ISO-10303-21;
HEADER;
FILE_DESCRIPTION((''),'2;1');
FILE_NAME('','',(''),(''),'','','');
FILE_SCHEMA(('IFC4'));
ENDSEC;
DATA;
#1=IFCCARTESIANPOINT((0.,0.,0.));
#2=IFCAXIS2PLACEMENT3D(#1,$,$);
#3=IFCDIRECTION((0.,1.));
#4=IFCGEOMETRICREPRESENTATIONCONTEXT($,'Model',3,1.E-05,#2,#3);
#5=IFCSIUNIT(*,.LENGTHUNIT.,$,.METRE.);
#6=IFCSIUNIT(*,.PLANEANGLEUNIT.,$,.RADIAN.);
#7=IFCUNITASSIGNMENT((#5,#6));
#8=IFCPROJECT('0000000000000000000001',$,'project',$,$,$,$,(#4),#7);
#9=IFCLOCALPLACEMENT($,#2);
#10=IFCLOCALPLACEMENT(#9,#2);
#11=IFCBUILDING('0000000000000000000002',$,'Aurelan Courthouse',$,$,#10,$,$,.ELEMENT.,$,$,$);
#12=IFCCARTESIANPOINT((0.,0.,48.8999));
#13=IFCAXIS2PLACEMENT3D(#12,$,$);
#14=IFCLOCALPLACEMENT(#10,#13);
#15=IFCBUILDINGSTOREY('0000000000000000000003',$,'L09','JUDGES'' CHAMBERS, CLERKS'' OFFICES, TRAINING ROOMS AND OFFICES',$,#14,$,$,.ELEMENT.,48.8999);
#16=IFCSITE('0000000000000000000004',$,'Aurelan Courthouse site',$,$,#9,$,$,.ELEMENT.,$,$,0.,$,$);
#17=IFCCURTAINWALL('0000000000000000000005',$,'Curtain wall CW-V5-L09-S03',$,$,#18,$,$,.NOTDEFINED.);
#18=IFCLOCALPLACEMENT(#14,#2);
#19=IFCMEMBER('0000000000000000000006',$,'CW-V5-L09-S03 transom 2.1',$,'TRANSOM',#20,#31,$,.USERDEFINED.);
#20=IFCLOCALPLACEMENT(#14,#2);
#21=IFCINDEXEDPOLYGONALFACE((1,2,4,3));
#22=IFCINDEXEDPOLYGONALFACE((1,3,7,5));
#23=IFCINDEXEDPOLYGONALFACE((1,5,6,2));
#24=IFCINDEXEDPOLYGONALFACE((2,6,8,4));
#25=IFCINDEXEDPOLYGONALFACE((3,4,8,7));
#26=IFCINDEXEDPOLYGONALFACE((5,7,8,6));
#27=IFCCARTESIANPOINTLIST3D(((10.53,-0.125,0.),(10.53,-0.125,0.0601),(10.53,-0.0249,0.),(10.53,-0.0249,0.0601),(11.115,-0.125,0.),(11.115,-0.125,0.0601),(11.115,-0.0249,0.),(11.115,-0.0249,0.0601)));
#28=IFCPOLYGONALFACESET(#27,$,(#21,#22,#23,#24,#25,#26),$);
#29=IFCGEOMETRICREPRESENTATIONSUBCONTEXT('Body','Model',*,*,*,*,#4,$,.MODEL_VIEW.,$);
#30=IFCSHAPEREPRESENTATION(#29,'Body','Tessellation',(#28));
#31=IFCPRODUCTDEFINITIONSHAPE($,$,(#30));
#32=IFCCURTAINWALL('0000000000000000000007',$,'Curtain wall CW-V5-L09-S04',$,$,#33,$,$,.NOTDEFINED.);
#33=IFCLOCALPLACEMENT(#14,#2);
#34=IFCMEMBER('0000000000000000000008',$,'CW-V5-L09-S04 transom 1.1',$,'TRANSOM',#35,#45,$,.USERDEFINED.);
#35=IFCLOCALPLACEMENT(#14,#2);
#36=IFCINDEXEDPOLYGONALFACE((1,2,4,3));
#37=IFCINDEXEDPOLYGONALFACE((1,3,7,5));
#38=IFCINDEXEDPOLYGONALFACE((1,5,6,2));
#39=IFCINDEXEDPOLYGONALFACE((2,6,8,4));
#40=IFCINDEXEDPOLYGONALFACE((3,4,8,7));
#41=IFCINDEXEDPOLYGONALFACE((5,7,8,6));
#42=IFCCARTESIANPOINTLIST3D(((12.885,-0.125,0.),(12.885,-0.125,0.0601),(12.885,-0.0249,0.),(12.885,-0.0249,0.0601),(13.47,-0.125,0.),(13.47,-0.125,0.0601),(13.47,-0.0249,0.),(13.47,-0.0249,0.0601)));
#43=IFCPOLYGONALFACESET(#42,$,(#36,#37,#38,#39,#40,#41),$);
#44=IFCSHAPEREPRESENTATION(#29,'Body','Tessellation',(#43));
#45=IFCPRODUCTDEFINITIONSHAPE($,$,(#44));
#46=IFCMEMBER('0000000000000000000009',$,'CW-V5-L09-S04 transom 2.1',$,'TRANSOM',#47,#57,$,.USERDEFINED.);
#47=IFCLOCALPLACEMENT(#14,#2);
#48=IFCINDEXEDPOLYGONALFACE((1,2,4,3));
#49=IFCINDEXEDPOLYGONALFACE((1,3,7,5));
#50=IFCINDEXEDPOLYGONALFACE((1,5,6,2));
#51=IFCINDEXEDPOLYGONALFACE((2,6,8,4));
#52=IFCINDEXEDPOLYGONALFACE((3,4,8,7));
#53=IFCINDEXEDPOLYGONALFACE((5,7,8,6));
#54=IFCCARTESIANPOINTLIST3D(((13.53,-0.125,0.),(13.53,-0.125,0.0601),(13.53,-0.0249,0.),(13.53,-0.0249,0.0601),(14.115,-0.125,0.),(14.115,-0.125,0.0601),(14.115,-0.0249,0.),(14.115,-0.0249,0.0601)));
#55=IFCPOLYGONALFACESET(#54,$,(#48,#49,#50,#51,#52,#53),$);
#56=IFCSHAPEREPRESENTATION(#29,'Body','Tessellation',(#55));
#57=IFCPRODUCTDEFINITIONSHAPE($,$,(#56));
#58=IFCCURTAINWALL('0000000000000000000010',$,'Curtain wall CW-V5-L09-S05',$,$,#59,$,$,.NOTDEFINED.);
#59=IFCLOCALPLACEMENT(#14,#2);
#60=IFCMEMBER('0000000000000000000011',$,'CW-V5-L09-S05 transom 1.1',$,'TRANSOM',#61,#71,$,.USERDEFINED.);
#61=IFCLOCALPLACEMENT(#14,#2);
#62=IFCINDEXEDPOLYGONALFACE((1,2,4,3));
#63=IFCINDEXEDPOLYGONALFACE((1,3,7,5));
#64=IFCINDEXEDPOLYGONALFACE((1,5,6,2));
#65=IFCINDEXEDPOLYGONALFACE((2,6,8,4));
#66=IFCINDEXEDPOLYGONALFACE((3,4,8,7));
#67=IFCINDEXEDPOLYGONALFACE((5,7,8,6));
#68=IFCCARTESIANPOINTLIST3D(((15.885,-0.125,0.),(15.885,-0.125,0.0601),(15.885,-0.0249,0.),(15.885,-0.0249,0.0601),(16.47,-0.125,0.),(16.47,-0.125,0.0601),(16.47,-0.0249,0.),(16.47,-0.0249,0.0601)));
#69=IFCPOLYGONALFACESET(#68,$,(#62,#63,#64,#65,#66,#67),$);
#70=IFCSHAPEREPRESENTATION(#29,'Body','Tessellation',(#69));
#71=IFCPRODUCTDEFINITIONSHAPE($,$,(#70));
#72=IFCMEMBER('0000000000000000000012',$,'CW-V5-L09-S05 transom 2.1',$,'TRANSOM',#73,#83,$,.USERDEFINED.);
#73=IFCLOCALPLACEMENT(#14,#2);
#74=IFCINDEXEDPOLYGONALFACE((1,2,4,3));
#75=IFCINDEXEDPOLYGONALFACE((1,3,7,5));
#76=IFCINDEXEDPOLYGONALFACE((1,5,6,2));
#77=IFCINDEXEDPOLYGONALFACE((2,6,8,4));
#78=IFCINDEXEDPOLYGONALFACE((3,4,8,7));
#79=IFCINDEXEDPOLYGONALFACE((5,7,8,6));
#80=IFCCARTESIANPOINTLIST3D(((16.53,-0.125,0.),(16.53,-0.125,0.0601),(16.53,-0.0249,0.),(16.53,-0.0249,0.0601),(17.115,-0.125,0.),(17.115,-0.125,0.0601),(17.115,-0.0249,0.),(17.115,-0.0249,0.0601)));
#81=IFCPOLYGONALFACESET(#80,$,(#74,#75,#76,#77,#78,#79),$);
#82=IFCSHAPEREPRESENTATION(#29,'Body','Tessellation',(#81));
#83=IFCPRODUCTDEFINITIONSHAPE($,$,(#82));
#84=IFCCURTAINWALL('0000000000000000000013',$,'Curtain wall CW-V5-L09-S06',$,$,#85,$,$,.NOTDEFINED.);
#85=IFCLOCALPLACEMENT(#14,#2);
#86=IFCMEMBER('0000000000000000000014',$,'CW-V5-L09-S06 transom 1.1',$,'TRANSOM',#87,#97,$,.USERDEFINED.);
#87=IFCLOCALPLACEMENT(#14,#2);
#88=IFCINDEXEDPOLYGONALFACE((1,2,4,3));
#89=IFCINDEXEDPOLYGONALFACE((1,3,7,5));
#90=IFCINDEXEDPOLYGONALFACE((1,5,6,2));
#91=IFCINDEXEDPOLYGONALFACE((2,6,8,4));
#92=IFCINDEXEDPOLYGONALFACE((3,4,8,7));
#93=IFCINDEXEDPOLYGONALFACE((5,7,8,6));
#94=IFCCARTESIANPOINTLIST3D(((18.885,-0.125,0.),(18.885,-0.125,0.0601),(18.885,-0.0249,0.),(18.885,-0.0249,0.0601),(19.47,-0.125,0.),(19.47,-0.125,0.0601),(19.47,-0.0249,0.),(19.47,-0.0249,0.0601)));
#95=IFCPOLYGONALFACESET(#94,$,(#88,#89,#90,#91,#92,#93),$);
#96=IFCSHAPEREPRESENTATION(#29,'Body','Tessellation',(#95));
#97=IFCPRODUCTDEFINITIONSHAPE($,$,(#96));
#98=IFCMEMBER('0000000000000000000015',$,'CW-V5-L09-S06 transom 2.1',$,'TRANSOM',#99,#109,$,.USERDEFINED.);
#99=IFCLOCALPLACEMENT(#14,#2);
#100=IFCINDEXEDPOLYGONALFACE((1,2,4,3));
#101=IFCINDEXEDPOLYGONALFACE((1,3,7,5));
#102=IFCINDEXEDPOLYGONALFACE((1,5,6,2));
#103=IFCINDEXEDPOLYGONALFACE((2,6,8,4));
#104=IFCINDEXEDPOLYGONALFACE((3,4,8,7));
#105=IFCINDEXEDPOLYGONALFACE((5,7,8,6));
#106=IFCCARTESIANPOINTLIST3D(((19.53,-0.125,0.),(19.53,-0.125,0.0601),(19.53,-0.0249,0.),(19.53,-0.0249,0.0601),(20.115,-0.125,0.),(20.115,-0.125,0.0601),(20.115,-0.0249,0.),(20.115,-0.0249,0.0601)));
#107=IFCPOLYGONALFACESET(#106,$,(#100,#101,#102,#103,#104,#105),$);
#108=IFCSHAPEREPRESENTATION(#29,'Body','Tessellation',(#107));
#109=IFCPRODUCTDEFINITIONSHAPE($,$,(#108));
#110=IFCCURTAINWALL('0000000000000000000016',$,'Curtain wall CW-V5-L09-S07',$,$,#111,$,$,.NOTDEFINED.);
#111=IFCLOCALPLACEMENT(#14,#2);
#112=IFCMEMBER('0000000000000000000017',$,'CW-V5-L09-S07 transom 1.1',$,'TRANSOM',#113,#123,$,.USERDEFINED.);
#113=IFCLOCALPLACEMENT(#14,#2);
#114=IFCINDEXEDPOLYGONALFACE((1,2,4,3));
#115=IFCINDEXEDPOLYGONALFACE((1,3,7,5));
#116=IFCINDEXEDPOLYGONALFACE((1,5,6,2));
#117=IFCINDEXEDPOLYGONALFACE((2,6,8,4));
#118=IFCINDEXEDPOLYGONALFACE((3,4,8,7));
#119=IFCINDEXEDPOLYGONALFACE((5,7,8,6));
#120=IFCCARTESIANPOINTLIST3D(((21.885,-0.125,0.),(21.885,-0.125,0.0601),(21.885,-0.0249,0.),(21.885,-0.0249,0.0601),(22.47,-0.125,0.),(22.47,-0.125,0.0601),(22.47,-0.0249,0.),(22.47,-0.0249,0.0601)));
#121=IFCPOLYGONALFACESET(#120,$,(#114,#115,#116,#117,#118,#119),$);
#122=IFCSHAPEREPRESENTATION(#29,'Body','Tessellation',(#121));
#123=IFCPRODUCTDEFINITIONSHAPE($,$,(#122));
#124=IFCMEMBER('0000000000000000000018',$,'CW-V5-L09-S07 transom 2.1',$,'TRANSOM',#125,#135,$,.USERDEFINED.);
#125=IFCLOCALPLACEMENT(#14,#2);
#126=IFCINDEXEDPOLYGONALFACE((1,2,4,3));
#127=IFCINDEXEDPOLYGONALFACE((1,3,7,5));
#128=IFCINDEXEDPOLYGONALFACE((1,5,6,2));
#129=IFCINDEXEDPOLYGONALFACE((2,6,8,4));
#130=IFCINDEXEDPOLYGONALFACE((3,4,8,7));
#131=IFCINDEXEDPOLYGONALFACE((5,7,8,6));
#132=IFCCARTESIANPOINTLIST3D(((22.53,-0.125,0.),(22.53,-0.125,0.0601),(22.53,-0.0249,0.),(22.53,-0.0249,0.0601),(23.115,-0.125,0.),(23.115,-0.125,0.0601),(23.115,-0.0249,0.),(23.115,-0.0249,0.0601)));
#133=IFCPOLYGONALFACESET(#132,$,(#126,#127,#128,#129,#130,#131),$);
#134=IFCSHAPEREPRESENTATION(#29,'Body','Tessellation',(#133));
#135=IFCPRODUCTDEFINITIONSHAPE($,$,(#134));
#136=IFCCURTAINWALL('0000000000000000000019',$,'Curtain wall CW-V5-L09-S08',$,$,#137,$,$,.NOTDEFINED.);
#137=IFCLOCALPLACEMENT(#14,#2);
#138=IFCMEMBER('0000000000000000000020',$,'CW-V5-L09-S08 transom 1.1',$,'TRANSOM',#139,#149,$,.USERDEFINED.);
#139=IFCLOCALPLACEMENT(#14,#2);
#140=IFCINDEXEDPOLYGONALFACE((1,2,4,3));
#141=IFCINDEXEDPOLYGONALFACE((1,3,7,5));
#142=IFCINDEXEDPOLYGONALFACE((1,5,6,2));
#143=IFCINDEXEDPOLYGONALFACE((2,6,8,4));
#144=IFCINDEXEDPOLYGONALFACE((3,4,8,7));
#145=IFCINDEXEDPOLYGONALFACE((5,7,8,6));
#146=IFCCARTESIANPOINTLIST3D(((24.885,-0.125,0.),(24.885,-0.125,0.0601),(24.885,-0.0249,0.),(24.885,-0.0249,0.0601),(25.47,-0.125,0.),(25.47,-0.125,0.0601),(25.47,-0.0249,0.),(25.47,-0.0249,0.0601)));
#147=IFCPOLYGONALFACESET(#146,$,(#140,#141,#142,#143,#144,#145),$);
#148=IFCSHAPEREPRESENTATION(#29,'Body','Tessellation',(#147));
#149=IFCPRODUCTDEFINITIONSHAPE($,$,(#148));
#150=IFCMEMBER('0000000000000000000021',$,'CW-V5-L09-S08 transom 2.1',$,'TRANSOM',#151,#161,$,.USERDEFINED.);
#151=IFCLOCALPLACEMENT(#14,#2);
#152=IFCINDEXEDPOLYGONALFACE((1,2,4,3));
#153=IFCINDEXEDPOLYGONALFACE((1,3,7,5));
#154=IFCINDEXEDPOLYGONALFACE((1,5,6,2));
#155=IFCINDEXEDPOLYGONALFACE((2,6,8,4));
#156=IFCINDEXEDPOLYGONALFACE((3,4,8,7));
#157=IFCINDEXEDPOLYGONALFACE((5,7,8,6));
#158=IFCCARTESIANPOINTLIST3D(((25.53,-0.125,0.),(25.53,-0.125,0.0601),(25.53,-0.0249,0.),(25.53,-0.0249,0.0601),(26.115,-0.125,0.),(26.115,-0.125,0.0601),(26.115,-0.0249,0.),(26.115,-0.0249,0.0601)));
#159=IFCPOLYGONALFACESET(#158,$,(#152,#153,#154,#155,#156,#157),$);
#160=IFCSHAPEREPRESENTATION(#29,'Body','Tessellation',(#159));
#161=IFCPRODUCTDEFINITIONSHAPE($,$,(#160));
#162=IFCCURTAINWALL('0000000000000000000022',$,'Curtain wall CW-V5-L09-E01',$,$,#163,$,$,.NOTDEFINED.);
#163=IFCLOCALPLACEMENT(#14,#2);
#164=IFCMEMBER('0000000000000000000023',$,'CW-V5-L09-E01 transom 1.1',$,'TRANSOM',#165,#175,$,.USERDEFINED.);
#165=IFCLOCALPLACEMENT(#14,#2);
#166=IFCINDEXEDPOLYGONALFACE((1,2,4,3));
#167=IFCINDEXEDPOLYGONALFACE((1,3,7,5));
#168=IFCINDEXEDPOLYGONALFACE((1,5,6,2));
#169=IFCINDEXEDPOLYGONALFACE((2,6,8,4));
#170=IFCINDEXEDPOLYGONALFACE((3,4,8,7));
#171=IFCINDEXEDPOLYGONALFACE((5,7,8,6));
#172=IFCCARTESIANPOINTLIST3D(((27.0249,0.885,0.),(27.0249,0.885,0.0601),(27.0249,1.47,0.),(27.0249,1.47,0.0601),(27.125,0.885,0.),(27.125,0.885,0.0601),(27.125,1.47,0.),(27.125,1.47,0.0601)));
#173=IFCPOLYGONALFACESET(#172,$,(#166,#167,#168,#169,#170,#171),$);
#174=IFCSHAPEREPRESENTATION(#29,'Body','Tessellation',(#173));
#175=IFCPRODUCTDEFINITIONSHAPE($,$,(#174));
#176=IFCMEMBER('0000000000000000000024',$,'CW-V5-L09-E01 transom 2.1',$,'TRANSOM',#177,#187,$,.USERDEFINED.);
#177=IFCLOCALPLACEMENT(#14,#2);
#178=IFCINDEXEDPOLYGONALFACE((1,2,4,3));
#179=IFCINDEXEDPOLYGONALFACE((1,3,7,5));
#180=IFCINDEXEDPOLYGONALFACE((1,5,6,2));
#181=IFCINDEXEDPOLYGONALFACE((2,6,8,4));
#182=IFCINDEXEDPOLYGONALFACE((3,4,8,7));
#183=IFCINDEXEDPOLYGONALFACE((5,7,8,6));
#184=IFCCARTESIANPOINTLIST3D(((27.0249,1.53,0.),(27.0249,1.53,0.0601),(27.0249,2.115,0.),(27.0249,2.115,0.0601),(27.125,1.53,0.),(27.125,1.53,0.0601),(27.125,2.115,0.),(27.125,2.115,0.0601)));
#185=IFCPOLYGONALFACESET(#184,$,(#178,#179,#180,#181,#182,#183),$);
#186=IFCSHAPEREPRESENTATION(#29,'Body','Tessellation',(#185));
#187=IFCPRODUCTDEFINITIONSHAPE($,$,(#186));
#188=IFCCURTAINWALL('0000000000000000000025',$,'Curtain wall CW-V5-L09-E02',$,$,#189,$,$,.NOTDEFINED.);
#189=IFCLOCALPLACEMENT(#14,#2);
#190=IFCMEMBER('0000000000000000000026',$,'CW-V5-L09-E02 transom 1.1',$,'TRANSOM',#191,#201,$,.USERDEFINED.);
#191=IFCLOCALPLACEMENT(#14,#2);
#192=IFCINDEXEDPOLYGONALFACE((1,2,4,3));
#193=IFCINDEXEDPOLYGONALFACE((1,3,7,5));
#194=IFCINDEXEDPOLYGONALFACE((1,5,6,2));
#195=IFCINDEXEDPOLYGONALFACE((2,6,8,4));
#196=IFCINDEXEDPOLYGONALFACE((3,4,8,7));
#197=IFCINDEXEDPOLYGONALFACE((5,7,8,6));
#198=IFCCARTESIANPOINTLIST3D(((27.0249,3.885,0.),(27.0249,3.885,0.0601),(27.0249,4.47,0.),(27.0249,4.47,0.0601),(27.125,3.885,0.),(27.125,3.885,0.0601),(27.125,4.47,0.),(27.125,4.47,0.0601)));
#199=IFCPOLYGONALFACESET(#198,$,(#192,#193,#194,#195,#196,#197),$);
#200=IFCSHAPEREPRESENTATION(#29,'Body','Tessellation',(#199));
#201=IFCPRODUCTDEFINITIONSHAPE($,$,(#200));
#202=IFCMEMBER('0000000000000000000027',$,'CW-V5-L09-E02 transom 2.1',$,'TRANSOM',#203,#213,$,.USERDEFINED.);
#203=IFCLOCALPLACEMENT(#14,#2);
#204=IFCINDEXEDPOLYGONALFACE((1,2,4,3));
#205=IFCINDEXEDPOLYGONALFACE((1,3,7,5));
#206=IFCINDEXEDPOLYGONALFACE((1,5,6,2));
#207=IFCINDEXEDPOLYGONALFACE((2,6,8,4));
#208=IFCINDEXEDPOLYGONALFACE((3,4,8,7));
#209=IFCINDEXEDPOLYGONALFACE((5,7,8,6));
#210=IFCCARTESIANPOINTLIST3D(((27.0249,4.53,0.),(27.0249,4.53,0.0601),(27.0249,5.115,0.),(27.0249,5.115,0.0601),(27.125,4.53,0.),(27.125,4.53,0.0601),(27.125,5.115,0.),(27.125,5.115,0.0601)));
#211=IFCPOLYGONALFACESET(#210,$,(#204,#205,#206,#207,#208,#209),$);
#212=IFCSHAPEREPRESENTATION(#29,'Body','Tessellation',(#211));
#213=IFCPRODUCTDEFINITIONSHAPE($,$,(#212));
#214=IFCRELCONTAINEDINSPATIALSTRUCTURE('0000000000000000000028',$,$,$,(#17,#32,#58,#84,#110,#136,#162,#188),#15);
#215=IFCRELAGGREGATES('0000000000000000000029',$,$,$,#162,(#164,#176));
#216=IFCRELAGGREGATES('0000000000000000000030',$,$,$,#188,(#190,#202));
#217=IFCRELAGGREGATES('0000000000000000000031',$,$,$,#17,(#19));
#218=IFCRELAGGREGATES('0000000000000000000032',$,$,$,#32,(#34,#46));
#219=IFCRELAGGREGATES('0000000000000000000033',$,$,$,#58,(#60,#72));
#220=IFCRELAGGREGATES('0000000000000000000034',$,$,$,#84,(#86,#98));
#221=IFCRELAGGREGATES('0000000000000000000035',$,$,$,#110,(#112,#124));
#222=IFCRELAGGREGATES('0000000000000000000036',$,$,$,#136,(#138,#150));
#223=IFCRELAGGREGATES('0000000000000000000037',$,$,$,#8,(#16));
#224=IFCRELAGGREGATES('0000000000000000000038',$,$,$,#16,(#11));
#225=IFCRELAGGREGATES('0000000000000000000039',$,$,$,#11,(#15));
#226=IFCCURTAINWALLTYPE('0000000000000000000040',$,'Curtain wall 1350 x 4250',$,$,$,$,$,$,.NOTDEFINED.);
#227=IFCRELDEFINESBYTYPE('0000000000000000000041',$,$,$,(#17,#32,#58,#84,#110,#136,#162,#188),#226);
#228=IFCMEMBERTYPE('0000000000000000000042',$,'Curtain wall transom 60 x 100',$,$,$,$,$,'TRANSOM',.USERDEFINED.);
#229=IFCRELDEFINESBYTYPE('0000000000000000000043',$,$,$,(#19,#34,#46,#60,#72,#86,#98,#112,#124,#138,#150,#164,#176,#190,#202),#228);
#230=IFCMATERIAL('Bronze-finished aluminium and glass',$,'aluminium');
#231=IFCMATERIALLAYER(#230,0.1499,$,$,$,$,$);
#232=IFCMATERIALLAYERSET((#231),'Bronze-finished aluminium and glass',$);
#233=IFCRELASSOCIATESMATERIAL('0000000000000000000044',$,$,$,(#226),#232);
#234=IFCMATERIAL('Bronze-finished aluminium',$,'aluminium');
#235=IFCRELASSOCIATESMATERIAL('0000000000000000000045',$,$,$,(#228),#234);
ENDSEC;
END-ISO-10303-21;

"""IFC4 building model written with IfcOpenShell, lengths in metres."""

from ifc_helpers import new_model, si_unit, direction, frame, origin, origin_2d, place, context, subcontext, project, spatial, rectangle, extrude, material, layer, layer_set, material_profile, profile_set, type_object, element, aggregate, save


model = new_model("IFC4")

# Units and contexts
model_context = context("Model", 3, precision=1e-05, world=origin(), true_north=direction((0.0, 1.0)))
body_context = subcontext(model_context, "Body", "Model", "MODEL_VIEW")
ifc_project = project(units=[si_unit("LENGTHUNIT", "METRE"), si_unit("PLANEANGLEUNIT", "RADIAN")], contexts=[model_context])

# Site, building, storey
site_placement = place(None, origin())
site = spatial("IfcSite", under=ifc_project, at=site_placement, Name="Aurelan Courthouse site", CompositionType="ELEMENT", RefElevation=0.0)
building_placement = place(site_placement, origin())
building = spatial("IfcBuilding", under=site, at=building_placement, Name="Aurelan Courthouse", CompositionType="ELEMENT")
storey_placement = place(building_placement, frame((0.0, 0.0, 48.8999)))
storey = spatial("IfcBuildingStorey", under=building, at=storey_placement, Name="L09", Description="JUDGES' CHAMBERS, CLERKS' OFFICES, TRAINING ROOMS AND OFFICES", CompositionType="ELEMENT", Elevation=48.8999)

# Curtain wall, member
ifc_material_1 = material(Name="Bronze-finished aluminium and glass", Category="aluminium")
ifc_layer_1 = layer(ifc_material_1, 0.1499)
ifc_layer_set_1 = layer_set([ifc_layer_1], Name="Bronze-finished aluminium and glass")
curtain_wall_type = type_object("IfcCurtainWallType", Name="Curtain wall 1350 x 4250", PredefinedType="NOTDEFINED", material=ifc_layer_set_1)
curtain_wall_1_placement = place(storey_placement, origin())
curtain_wall_1 = element("IfcCurtainWall", 1, at=curtain_wall_1_placement, inside=storey, type_object=curtain_wall_type, Name="Curtain wall CW-V5-L09-S03", PredefinedType="NOTDEFINED")
ifc_material_2 = material(Name="Bronze-finished aluminium", Category="aluminium")
ifc_material_profile = material_profile(ifc_material_2, rectangle(XDim=0.1001, YDim=0.0601, at=origin_2d()), Name="Bronze transom 60 x 100")
ifc_profile_set = profile_set([ifc_material_profile], Name="Bronze-finished aluminium")
member_type = type_object("IfcMemberType", Name="Curtain wall transom 60 x 100", ElementType="TRANSOM", PredefinedType="USERDEFINED", material=ifc_profile_set)
member_1_placement = place(storey_placement, frame((10.53, -0.075, 0.03), z_axis=(1.0, 0.0, 0.0), x_axis=(0.0, 1.0, 0.0)))
member_1 = element("IfcMember", 2, at=member_1_placement, type_object=member_type, Name="CW-V5-L09-S03 transom 2.1", ObjectType="TRANSOM", PredefinedType="USERDEFINED", context=body_context, shape_type="SweptSolid", body=[
    extrude(rectangle(XDim=0.1001, YDim=0.0601, at=origin_2d()), origin(), (0.0, 0.0, 1.0), 0.585),
])

# Curtain walls, members
curtain_wall_2_placement = place(storey_placement, origin())
curtain_wall_2 = element("IfcCurtainWall", 3, at=curtain_wall_2_placement, inside=storey, type_object=curtain_wall_type, Name="Curtain wall CW-V5-L09-S04", PredefinedType="NOTDEFINED")
member_2_placement = place(storey_placement, frame((12.885, -0.075, 0.03), z_axis=(1.0, 0.0, 0.0), x_axis=(0.0, 1.0, 0.0)))
member_2 = element("IfcMember", 4, at=member_2_placement, type_object=member_type, Name="CW-V5-L09-S04 transom 1.1", ObjectType="TRANSOM", PredefinedType="USERDEFINED", context=body_context, shape_type="SweptSolid", body=[
    extrude(rectangle(XDim=0.1001, YDim=0.0601, at=origin_2d()), origin(), (0.0, 0.0, 1.0), 0.585),
])
member_3_placement = place(storey_placement, frame((13.53, -0.075, 0.03), z_axis=(1.0, 0.0, 0.0), x_axis=(0.0, 1.0, 0.0)))
member_3 = element("IfcMember", 5, at=member_3_placement, type_object=member_type, Name="CW-V5-L09-S04 transom 2.1", ObjectType="TRANSOM", PredefinedType="USERDEFINED", context=body_context, shape_type="SweptSolid", body=[
    extrude(rectangle(XDim=0.1001, YDim=0.0601, at=origin_2d()), origin(), (0.0, 0.0, 1.0), 0.585),
])
curtain_wall_3_placement = place(storey_placement, origin())
curtain_wall_3 = element("IfcCurtainWall", 6, at=curtain_wall_3_placement, inside=storey, type_object=curtain_wall_type, Name="Curtain wall CW-V5-L09-S05", PredefinedType="NOTDEFINED")
member_4_placement = place(storey_placement, frame((15.885, -0.075, 0.03), z_axis=(1.0, 0.0, 0.0), x_axis=(0.0, 1.0, 0.0)))
member_4 = element("IfcMember", 7, at=member_4_placement, type_object=member_type, Name="CW-V5-L09-S05 transom 1.1", ObjectType="TRANSOM", PredefinedType="USERDEFINED", context=body_context, shape_type="SweptSolid", body=[
    extrude(rectangle(XDim=0.1001, YDim=0.0601, at=origin_2d()), origin(), (0.0, 0.0, 1.0), 0.585),
])
member_5_placement = place(storey_placement, frame((16.53, -0.075, 0.03), z_axis=(1.0, 0.0, 0.0), x_axis=(0.0, 1.0, 0.0)))
member_5 = element("IfcMember", 8, at=member_5_placement, type_object=member_type, Name="CW-V5-L09-S05 transom 2.1", ObjectType="TRANSOM", PredefinedType="USERDEFINED", context=body_context, shape_type="SweptSolid", body=[
    extrude(rectangle(XDim=0.1001, YDim=0.0601, at=origin_2d()), origin(), (0.0, 0.0, 1.0), 0.585),
])
curtain_wall_4_placement = place(storey_placement, origin())
curtain_wall_4 = element("IfcCurtainWall", 9, at=curtain_wall_4_placement, inside=storey, type_object=curtain_wall_type, Name="Curtain wall CW-V5-L09-S06", PredefinedType="NOTDEFINED")
member_6_placement = place(storey_placement, frame((18.885, -0.075, 0.03), z_axis=(1.0, 0.0, 0.0), x_axis=(0.0, 1.0, 0.0)))
member_6 = element("IfcMember", 10, at=member_6_placement, type_object=member_type, Name="CW-V5-L09-S06 transom 1.1", ObjectType="TRANSOM", PredefinedType="USERDEFINED", context=body_context, shape_type="SweptSolid", body=[
    extrude(rectangle(XDim=0.1001, YDim=0.0601, at=origin_2d()), origin(), (0.0, 0.0, 1.0), 0.585),
])
member_7_placement = place(storey_placement, frame((19.53, -0.075, 0.03), z_axis=(1.0, 0.0, 0.0), x_axis=(0.0, 1.0, 0.0)))
member_7 = element("IfcMember", 11, at=member_7_placement, type_object=member_type, Name="CW-V5-L09-S06 transom 2.1", ObjectType="TRANSOM", PredefinedType="USERDEFINED", context=body_context, shape_type="SweptSolid", body=[
    extrude(rectangle(XDim=0.1001, YDim=0.0601, at=origin_2d()), origin(), (0.0, 0.0, 1.0), 0.585),
])
curtain_wall_5_placement = place(storey_placement, origin())
curtain_wall_5 = element("IfcCurtainWall", 12, at=curtain_wall_5_placement, inside=storey, type_object=curtain_wall_type, Name="Curtain wall CW-V5-L09-S07", PredefinedType="NOTDEFINED")
member_8_placement = place(storey_placement, frame((21.885, -0.075, 0.03), z_axis=(1.0, 0.0, 0.0), x_axis=(0.0, 1.0, 0.0)))
member_8 = element("IfcMember", 13, at=member_8_placement, type_object=member_type, Name="CW-V5-L09-S07 transom 1.1", ObjectType="TRANSOM", PredefinedType="USERDEFINED", context=body_context, shape_type="SweptSolid", body=[
    extrude(rectangle(XDim=0.1001, YDim=0.0601, at=origin_2d()), origin(), (0.0, 0.0, 1.0), 0.585),
])
member_9_placement = place(storey_placement, frame((22.53, -0.075, 0.03), z_axis=(1.0, 0.0, 0.0), x_axis=(0.0, 1.0, 0.0)))
member_9 = element("IfcMember", 14, at=member_9_placement, type_object=member_type, Name="CW-V5-L09-S07 transom 2.1", ObjectType="TRANSOM", PredefinedType="USERDEFINED", context=body_context, shape_type="SweptSolid", body=[
    extrude(rectangle(XDim=0.1001, YDim=0.0601, at=origin_2d()), origin(), (0.0, 0.0, 1.0), 0.585),
])
curtain_wall_6_placement = place(storey_placement, origin())
curtain_wall_6 = element("IfcCurtainWall", 15, at=curtain_wall_6_placement, inside=storey, type_object=curtain_wall_type, Name="Curtain wall CW-V5-L09-S08", PredefinedType="NOTDEFINED")
member_10_placement = place(storey_placement, frame((24.885, -0.075, 0.03), z_axis=(1.0, 0.0, 0.0), x_axis=(0.0, 1.0, 0.0)))
member_10 = element("IfcMember", 16, at=member_10_placement, type_object=member_type, Name="CW-V5-L09-S08 transom 1.1", ObjectType="TRANSOM", PredefinedType="USERDEFINED", context=body_context, shape_type="SweptSolid", body=[
    extrude(rectangle(XDim=0.1001, YDim=0.0601, at=origin_2d()), origin(), (0.0, 0.0, 1.0), 0.585),
])
member_11_placement = place(storey_placement, frame((25.53, -0.075, 0.03), z_axis=(1.0, 0.0, 0.0), x_axis=(0.0, 1.0, 0.0)))
member_11 = element("IfcMember", 17, at=member_11_placement, type_object=member_type, Name="CW-V5-L09-S08 transom 2.1", ObjectType="TRANSOM", PredefinedType="USERDEFINED", context=body_context, shape_type="SweptSolid", body=[
    extrude(rectangle(XDim=0.1001, YDim=0.0601, at=origin_2d()), origin(), (0.0, 0.0, 1.0), 0.585),
])
curtain_wall_7_placement = place(storey_placement, origin())
curtain_wall_7 = element("IfcCurtainWall", 18, at=curtain_wall_7_placement, inside=storey, type_object=curtain_wall_type, Name="Curtain wall CW-V5-L09-E01", PredefinedType="NOTDEFINED")
member_12_placement = place(storey_placement, frame((27.075, 0.885, 0.03), z_axis=(0.0, 1.0, 0.0), x_axis=(-1.0, 0.0, 0.0)))
member_12 = element("IfcMember", 19, at=member_12_placement, type_object=member_type, Name="CW-V5-L09-E01 transom 1.1", ObjectType="TRANSOM", PredefinedType="USERDEFINED", context=body_context, shape_type="SweptSolid", body=[
    extrude(rectangle(XDim=0.1001, YDim=0.0601, at=origin_2d()), origin(), (0.0, 0.0, 1.0), 0.585),
])
member_13_placement = place(storey_placement, frame((27.075, 1.53, 0.03), z_axis=(0.0, 1.0, 0.0), x_axis=(-1.0, 0.0, 0.0)))
member_13 = element("IfcMember", 20, at=member_13_placement, type_object=member_type, Name="CW-V5-L09-E01 transom 2.1", ObjectType="TRANSOM", PredefinedType="USERDEFINED", context=body_context, shape_type="SweptSolid", body=[
    extrude(rectangle(XDim=0.1001, YDim=0.0601, at=origin_2d()), origin(), (0.0, 0.0, 1.0), 0.585),
])
aggregate(curtain_wall_7, [member_12, member_13])
curtain_wall_8_placement = place(storey_placement, origin())
curtain_wall_8 = element("IfcCurtainWall", 21, at=curtain_wall_8_placement, inside=storey, type_object=curtain_wall_type, Name="Curtain wall CW-V5-L09-E02", PredefinedType="NOTDEFINED")
member_14_placement = place(storey_placement, frame((27.075, 3.885, 0.03), z_axis=(0.0, 1.0, 0.0), x_axis=(-1.0, 0.0, 0.0)))
member_14 = element("IfcMember", 22, at=member_14_placement, type_object=member_type, Name="CW-V5-L09-E02 transom 1.1", ObjectType="TRANSOM", PredefinedType="USERDEFINED", context=body_context, shape_type="SweptSolid", body=[
    extrude(rectangle(XDim=0.1001, YDim=0.0601, at=origin_2d()), origin(), (0.0, 0.0, 1.0), 0.585),
])
member_15_placement = place(storey_placement, frame((27.075, 4.53, 0.03), z_axis=(0.0, 1.0, 0.0), x_axis=(-1.0, 0.0, 0.0)))
member_15 = element("IfcMember", 23, at=member_15_placement, type_object=member_type, Name="CW-V5-L09-E02 transom 2.1", ObjectType="TRANSOM", PredefinedType="USERDEFINED", context=body_context, shape_type="SweptSolid", body=[
    extrude(rectangle(XDim=0.1001, YDim=0.0601, at=origin_2d()), origin(), (0.0, 0.0, 1.0), 0.585),
])
aggregate(curtain_wall_8, [member_14, member_15])

aggregate(curtain_wall_1, [member_1])
aggregate(curtain_wall_2, [member_2, member_3])
aggregate(curtain_wall_3, [member_4, member_5])
aggregate(curtain_wall_4, [member_6, member_7])
aggregate(curtain_wall_5, [member_8, member_9])
aggregate(curtain_wall_6, [member_10, member_11])

save(model, "model.ifc")
